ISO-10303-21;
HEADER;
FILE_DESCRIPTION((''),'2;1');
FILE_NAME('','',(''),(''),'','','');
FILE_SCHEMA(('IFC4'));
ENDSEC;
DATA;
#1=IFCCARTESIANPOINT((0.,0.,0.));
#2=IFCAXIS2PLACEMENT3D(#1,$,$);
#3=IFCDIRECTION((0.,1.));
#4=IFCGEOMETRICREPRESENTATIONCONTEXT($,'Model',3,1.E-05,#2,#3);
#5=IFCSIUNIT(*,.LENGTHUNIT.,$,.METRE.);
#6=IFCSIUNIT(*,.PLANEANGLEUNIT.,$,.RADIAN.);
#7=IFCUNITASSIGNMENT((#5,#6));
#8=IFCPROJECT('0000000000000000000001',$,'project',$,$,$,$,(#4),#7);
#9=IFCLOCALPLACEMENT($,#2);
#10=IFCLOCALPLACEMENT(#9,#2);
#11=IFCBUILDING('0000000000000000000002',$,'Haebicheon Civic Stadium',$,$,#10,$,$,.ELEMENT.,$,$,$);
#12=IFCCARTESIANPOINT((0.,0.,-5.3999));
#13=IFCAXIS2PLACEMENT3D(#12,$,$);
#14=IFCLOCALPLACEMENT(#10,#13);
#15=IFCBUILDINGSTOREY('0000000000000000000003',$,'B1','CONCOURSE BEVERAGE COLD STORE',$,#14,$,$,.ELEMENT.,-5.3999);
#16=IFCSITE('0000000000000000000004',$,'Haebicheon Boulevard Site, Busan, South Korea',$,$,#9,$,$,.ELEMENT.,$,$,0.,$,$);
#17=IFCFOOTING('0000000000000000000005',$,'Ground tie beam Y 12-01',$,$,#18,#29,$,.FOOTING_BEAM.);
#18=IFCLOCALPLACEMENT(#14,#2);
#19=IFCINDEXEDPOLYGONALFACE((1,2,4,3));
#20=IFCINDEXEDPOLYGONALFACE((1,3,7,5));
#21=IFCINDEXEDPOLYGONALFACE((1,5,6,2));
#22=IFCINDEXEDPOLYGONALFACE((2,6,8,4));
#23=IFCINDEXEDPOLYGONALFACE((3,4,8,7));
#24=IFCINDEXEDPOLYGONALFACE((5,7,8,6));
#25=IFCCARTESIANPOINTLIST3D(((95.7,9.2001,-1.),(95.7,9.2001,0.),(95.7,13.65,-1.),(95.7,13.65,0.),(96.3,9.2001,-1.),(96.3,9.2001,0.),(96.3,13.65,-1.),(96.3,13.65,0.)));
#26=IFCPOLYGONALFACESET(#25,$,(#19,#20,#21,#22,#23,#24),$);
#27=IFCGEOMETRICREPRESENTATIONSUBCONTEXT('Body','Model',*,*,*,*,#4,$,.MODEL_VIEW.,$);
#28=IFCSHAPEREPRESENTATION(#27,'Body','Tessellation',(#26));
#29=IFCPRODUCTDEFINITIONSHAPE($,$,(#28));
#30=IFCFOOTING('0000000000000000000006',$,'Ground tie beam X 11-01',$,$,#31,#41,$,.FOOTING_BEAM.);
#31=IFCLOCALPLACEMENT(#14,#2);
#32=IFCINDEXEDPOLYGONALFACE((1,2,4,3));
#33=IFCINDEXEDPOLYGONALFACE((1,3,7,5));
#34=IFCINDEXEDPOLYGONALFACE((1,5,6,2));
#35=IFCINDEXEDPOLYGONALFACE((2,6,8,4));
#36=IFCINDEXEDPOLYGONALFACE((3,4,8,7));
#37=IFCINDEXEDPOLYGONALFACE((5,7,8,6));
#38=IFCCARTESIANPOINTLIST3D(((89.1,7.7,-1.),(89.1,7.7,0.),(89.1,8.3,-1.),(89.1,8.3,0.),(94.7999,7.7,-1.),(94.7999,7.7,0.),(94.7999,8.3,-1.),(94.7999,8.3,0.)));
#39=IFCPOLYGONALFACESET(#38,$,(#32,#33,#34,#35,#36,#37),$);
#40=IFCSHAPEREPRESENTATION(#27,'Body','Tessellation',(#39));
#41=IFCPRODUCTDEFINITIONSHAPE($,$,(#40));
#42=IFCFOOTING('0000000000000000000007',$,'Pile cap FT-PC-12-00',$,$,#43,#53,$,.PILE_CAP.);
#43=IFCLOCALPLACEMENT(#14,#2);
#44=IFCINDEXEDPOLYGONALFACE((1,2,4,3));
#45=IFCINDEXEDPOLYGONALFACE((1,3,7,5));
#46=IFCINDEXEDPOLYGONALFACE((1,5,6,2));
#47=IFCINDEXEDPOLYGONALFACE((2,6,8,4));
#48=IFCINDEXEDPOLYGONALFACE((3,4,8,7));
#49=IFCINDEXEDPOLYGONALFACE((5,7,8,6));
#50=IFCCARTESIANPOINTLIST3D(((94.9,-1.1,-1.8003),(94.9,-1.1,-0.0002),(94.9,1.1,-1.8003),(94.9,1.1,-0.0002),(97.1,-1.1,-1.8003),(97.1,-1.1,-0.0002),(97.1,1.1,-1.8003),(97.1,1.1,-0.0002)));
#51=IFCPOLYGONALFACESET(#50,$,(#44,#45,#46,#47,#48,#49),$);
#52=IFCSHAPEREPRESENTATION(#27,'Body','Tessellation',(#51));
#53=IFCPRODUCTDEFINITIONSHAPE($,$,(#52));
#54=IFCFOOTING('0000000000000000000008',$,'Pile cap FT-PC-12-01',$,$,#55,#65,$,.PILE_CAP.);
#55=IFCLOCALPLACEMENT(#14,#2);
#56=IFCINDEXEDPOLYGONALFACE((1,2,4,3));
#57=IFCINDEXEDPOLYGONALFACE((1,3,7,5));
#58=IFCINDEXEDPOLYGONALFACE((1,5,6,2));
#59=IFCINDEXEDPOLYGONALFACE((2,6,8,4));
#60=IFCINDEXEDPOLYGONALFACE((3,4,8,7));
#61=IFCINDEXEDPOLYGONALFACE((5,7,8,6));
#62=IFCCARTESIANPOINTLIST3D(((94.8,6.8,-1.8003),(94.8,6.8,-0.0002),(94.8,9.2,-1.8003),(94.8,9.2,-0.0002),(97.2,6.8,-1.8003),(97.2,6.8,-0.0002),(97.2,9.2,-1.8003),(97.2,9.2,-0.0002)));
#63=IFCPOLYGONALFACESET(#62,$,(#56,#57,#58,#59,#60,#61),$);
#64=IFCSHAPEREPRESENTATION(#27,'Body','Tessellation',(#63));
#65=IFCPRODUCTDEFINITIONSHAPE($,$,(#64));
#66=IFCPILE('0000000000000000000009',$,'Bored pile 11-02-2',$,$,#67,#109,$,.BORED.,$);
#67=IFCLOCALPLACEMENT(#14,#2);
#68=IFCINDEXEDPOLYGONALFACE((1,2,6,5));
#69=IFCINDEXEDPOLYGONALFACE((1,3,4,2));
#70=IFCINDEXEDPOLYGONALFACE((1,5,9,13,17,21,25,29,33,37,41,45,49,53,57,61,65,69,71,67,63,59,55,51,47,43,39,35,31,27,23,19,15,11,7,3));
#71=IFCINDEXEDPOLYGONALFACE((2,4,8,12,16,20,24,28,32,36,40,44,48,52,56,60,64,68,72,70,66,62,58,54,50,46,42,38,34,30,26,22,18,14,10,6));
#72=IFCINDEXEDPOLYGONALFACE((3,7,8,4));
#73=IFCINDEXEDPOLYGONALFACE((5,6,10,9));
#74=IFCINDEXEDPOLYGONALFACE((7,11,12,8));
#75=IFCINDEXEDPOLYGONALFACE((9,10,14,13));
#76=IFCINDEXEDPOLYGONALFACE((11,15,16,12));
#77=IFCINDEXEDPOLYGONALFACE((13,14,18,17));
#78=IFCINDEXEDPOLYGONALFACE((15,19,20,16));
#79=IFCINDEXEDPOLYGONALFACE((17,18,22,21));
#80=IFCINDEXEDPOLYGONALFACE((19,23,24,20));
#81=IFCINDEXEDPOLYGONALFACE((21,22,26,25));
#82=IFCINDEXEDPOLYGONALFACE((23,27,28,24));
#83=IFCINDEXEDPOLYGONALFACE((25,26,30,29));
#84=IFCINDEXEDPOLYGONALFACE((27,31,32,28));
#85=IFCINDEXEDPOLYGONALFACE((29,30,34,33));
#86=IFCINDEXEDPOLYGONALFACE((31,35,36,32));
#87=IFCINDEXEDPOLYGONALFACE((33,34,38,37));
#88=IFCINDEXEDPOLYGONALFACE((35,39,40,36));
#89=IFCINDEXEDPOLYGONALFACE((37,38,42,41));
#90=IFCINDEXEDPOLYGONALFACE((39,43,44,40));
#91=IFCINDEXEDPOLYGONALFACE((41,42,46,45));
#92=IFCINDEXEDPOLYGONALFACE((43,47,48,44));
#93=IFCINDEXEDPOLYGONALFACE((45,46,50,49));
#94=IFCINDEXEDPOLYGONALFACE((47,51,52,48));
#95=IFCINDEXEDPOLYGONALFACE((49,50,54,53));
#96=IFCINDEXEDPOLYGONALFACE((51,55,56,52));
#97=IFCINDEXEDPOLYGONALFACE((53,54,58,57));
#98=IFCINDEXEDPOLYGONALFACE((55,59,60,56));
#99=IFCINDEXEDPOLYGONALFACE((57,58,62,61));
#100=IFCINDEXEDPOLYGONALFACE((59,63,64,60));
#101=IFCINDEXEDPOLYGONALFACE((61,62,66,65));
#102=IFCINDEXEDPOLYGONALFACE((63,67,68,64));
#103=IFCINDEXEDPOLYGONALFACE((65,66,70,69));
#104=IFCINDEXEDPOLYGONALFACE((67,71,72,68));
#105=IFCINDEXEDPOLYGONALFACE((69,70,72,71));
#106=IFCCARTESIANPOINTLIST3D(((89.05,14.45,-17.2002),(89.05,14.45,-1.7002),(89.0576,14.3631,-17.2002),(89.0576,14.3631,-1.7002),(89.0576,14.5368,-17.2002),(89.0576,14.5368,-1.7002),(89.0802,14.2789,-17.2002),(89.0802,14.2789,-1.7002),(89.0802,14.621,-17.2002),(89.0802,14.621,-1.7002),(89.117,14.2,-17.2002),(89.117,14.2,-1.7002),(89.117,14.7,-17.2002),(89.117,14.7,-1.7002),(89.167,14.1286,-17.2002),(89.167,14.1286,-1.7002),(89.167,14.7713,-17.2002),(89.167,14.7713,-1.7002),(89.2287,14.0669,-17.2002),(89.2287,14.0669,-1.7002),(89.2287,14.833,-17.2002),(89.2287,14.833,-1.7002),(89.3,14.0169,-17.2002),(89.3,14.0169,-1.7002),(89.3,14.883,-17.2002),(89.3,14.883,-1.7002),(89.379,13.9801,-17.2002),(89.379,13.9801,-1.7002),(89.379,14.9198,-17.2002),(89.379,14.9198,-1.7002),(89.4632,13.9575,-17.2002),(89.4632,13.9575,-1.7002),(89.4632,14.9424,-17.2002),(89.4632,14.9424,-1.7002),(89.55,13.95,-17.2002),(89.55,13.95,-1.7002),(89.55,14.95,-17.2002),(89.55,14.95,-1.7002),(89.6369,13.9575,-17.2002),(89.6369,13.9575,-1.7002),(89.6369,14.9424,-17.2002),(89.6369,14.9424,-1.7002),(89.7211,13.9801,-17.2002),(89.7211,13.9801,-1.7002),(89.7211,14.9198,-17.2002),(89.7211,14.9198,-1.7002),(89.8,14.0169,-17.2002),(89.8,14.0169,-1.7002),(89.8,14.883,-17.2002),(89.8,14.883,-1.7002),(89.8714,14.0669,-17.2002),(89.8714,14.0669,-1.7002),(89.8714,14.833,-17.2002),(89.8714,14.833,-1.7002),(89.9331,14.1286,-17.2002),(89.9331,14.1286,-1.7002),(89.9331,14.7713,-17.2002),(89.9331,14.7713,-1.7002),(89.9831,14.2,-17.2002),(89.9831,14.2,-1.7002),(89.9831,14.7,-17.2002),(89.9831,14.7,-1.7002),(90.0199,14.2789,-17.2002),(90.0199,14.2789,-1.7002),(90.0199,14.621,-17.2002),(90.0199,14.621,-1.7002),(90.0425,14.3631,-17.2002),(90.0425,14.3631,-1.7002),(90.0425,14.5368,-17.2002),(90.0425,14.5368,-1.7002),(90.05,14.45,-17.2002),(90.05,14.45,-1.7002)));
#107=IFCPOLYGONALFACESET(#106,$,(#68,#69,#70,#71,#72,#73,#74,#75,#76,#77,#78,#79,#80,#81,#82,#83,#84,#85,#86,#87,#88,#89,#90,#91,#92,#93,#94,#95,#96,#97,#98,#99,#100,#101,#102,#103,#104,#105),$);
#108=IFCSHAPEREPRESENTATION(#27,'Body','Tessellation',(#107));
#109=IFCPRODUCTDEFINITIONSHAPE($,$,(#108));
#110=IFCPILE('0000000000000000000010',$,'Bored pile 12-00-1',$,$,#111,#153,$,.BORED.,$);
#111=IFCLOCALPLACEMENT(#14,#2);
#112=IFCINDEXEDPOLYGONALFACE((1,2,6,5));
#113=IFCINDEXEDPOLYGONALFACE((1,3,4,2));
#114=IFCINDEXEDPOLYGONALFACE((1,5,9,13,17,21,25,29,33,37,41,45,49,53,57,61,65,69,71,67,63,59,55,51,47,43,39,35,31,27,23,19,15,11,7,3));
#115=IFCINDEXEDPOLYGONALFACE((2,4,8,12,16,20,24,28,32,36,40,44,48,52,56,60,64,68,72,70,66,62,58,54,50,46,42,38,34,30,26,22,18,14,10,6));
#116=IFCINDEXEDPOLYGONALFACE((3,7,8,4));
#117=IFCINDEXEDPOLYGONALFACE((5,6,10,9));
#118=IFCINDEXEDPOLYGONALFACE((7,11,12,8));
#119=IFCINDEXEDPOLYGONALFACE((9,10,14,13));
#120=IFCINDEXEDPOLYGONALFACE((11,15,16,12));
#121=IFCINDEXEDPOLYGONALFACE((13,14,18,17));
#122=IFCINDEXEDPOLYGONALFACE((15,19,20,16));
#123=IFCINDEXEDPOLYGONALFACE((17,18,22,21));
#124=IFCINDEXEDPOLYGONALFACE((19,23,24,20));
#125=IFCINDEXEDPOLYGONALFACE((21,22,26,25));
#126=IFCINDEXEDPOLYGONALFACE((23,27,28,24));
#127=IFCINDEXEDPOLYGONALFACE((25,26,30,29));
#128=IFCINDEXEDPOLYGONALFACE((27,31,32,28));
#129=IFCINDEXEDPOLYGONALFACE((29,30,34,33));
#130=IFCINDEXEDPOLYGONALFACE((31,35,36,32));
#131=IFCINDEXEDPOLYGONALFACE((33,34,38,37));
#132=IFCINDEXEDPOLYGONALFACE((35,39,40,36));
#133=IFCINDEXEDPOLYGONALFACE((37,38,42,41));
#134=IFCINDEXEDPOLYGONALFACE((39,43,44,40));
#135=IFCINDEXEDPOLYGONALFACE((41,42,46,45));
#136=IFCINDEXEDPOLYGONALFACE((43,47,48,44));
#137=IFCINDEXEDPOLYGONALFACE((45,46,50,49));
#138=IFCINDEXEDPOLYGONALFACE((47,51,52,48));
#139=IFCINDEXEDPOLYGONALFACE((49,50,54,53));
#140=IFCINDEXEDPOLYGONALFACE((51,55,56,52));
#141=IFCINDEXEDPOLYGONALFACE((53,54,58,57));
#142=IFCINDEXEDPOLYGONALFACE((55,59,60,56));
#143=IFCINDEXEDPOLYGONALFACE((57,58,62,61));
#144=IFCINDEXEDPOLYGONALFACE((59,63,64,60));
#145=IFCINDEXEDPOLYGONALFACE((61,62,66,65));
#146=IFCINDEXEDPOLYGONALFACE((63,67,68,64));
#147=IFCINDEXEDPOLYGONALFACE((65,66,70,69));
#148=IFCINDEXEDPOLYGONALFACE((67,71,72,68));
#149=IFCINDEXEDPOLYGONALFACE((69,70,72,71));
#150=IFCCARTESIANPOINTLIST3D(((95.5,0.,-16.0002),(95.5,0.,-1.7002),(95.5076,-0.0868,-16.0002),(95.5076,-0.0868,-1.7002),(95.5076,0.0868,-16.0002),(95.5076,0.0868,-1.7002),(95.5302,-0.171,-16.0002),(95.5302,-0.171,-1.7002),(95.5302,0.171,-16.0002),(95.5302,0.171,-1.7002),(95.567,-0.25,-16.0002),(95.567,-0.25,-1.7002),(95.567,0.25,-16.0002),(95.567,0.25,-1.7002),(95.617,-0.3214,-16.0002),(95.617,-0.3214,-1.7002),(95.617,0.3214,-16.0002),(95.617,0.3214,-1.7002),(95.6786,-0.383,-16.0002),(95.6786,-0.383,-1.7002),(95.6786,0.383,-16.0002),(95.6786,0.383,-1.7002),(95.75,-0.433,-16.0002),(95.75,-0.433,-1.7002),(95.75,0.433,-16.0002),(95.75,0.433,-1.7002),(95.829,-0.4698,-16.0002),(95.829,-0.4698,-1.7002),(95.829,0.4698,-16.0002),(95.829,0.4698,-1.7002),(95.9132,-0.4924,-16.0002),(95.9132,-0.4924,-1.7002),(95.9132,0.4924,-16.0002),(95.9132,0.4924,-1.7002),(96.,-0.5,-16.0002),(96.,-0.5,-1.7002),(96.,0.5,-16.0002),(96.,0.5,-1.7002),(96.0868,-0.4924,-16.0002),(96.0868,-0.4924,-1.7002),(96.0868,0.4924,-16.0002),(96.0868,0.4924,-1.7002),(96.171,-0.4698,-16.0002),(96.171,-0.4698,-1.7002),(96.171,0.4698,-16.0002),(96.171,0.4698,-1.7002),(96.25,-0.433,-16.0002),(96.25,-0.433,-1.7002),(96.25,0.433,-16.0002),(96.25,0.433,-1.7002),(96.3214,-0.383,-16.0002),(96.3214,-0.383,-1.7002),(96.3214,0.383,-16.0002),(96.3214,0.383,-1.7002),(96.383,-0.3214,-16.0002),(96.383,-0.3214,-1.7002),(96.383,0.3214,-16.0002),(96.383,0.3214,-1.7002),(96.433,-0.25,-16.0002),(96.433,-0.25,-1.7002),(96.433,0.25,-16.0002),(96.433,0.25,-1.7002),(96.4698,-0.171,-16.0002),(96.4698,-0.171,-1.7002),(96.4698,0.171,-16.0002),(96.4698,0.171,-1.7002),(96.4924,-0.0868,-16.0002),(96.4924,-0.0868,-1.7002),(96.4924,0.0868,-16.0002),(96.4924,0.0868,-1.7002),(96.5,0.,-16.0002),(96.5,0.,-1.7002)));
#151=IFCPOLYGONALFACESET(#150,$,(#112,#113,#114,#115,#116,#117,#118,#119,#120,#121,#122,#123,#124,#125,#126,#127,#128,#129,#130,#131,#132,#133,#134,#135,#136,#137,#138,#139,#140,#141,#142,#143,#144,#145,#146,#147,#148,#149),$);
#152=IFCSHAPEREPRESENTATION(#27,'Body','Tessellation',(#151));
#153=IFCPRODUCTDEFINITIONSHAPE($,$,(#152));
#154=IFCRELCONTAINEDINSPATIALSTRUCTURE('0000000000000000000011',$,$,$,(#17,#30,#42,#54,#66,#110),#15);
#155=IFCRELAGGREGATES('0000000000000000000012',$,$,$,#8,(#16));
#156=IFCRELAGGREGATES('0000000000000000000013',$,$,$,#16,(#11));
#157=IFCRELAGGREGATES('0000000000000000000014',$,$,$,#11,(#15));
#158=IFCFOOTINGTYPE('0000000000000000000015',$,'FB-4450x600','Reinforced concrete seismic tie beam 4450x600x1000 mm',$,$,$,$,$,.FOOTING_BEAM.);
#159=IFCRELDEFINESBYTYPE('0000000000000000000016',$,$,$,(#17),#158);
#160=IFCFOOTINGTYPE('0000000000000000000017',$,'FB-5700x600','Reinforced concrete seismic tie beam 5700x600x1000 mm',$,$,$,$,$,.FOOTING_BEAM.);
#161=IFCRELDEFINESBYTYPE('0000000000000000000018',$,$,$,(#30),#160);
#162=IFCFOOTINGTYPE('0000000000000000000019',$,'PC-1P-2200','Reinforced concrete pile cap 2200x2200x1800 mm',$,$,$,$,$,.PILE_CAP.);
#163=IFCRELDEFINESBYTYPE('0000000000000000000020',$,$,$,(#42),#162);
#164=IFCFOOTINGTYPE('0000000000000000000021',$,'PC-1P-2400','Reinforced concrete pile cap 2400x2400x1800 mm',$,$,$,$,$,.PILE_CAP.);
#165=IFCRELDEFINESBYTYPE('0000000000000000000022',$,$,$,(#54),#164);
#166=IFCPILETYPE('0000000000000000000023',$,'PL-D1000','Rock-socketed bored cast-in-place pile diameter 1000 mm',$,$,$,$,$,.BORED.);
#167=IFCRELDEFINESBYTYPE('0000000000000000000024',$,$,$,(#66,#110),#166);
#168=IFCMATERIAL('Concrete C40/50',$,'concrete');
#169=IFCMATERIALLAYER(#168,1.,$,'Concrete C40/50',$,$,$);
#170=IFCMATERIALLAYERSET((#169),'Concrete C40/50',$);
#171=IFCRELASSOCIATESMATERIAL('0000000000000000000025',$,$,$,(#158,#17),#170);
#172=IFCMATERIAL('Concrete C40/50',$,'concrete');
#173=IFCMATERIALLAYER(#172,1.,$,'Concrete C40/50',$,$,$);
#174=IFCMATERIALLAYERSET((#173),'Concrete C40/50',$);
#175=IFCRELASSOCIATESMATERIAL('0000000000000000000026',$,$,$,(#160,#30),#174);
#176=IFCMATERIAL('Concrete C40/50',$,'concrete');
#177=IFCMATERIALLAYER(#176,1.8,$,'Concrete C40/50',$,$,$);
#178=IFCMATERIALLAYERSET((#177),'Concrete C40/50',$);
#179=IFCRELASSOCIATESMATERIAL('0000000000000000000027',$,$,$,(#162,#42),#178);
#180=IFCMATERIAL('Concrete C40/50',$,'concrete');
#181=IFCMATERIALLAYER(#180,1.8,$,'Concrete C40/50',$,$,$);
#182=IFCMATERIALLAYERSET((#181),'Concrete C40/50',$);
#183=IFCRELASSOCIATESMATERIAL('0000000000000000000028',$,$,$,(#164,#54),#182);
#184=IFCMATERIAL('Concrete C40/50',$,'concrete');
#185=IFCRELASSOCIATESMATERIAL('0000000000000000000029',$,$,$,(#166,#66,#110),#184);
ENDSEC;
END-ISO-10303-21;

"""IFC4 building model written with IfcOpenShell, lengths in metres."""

from ifc_helpers import new_model, si_unit, direction, frame, origin, origin_2d, place, context, subcontext, project, spatial, rectangle, circle, extrude, material, layer, layer_set, material_profile, profile_set, type_object, element, save


model = new_model("IFC4")

# Units and contexts
model_context = context("Model", 3, precision=1e-05, world=origin(), true_north=direction((0.0, 1.0)))
body_context = subcontext(model_context, "Body", "Model", "MODEL_VIEW")
ifc_project = project(units=[si_unit("LENGTHUNIT", "METRE"), si_unit("PLANEANGLEUNIT", "RADIAN")], contexts=[model_context])

# Site, building, storey
site_placement = place(None, origin())
site = spatial("IfcSite", under=ifc_project, at=site_placement, Name="Haebicheon Boulevard Site, Busan, South Korea", CompositionType="ELEMENT", RefElevation=0.0)
building_placement = place(site_placement, origin())
building = spatial("IfcBuilding", under=site, at=building_placement, Name="Haebicheon Civic Stadium", CompositionType="ELEMENT")
storey_placement = place(building_placement, frame((0.0, 0.0, -5.3999)))
storey = spatial("IfcBuildingStorey", under=building, at=storey_placement, Name="B1", Description="CONCOURSE BEVERAGE COLD STORE", CompositionType="ELEMENT", Elevation=-5.3999)

# Footings
ifc_material_1 = material(Name="Concrete C40/50", Category="concrete")
ifc_layer_1 = layer(ifc_material_1, 1.0, Name="Concrete C40/50")
ifc_layer_set_1 = layer_set([ifc_layer_1], Name="Concrete C40/50")
footing_type_1 = type_object("IfcFootingType", Name="FB-4450x600", Description="Reinforced concrete seismic tie beam 4450x600x1000 mm", PredefinedType="FOOTING_BEAM", material=ifc_layer_set_1)
footing_1_placement = place(storey_placement, frame((96.0, 11.425, -1.0), z_axis=(0.0, 0.0, 1.0), x_axis=(0.0, 1.0, 0.0)))
element("IfcFooting", 1, at=footing_1_placement, inside=storey, type_object=footing_type_1, material=ifc_layer_set_1, Name="Ground tie beam Y 12-01", PredefinedType="FOOTING_BEAM", context=body_context, shape_type="SweptSolid", body=[
    extrude(rectangle(XDim=4.45, YDim=0.6001, at=origin_2d()), origin(), (0.0, 0.0, 1.0), 1.0),
])
ifc_material_2 = material(Name="Concrete C40/50", Category="concrete")
ifc_layer_2 = layer(ifc_material_2, 1.0, Name="Concrete C40/50")
ifc_layer_set_2 = layer_set([ifc_layer_2], Name="Concrete C40/50")
footing_type_2 = type_object("IfcFootingType", Name="FB-5700x600", Description="Reinforced concrete seismic tie beam 5700x600x1000 mm", PredefinedType="FOOTING_BEAM", material=ifc_layer_set_2)
footing_2_placement = place(storey_placement, frame((91.95, 8.0, -1.0), z_axis=(0.0, 0.0, 1.0), x_axis=(1.0, 0.0, 0.0)))
element("IfcFooting", 2, at=footing_2_placement, inside=storey, type_object=footing_type_2, material=ifc_layer_set_2, Name="Ground tie beam X 11-01", PredefinedType="FOOTING_BEAM", context=body_context, shape_type="SweptSolid", body=[
    extrude(rectangle(XDim=5.7, YDim=0.6001, at=origin_2d()), origin(), (0.0, 0.0, 1.0), 1.0),
])
ifc_material_3 = material(Name="Concrete C40/50", Category="concrete")
ifc_layer_3 = layer(ifc_material_3, 1.8, Name="Concrete C40/50")
ifc_layer_set_3 = layer_set([ifc_layer_3], Name="Concrete C40/50")
footing_type_3 = type_object("IfcFootingType", Name="PC-1P-2200", Description="Reinforced concrete pile cap 2200x2200x1800 mm", PredefinedType="PILE_CAP", material=ifc_layer_set_3)
footing_3_placement = place(storey_placement, frame((96.0, 0.0, -1.8003), z_axis=(0.0, 0.0, 1.0), x_axis=(1.0, 0.0, 0.0)))
element("IfcFooting", 3, at=footing_3_placement, inside=storey, type_object=footing_type_3, material=ifc_layer_set_3, Name="Pile cap FT-PC-12-00", PredefinedType="PILE_CAP", context=body_context, shape_type="SweptSolid", body=[
    extrude(rectangle(XDim=2.2, YDim=2.2, at=origin_2d()), origin(), (0.0, 0.0, 1.0), 1.8),
])
ifc_material_4 = material(Name="Concrete C40/50", Category="concrete")
ifc_layer_4 = layer(ifc_material_4, 1.8, Name="Concrete C40/50")
ifc_layer_set_4 = layer_set([ifc_layer_4], Name="Concrete C40/50")
footing_type_4 = type_object("IfcFootingType", Name="PC-1P-2400", Description="Reinforced concrete pile cap 2400x2400x1800 mm", PredefinedType="PILE_CAP", material=ifc_layer_set_4)
footing_4_placement = place(storey_placement, frame((96.0, 8.0, -1.8003), z_axis=(0.0, 0.0, 1.0), x_axis=(1.0, 0.0, 0.0)))
element("IfcFooting", 4, at=footing_4_placement, inside=storey, type_object=footing_type_4, material=ifc_layer_set_4, Name="Pile cap FT-PC-12-01", PredefinedType="PILE_CAP", context=body_context, shape_type="SweptSolid", body=[
    extrude(rectangle(XDim=2.3999, YDim=2.3999, at=origin_2d()), origin(), (0.0, 0.0, 1.0), 1.8),
])

# Piles
ifc_material_5 = material(Name="Concrete C40/50", Category="concrete")
ifc_material_profile_1 = material_profile(ifc_material_5, circle(Radius=0.5, at=origin_2d()), Name="PILE-D1000")
ifc_profile_set_1 = profile_set([ifc_material_profile_1], Name="Concrete C40/50")
pile_type_1 = type_object("IfcPileType", Name="PL-D1000", Description="Rock-socketed bored cast-in-place pile diameter 1000 mm", PredefinedType="BORED", material=ifc_profile_set_1)
pile_1_placement = place(storey_placement, frame((89.55, 14.45, -1.7002), z_axis=(0.0, 0.0, -1.0), x_axis=(1.0, 0.0, 0.0)))
element("IfcPile", 5, at=pile_1_placement, inside=storey, type_object=pile_type_1, material=ifc_profile_set_1, Name="Bored pile 11-02-2", PredefinedType="BORED", context=body_context, shape_type="SweptSolid", body=[
    extrude(circle(Radius=0.5, at=origin_2d()), origin(), (0.0, 0.0, 1.0), 15.5),
])
pile_2_placement = place(storey_placement, frame((96.0, 0.0, -1.7002), z_axis=(0.0, 0.0, -1.0), x_axis=(1.0, 0.0, 0.0)))
element("IfcPile", 6, at=pile_2_placement, inside=storey, type_object=pile_type_1, material=ifc_profile_set_1, Name="Bored pile 12-00-1", PredefinedType="BORED", context=body_context, shape_type="SweptSolid", body=[
    extrude(circle(Radius=0.5, at=origin_2d()), origin(), (0.0, 0.0, 1.0), 14.3),
])

save(model, "model.ifc")
